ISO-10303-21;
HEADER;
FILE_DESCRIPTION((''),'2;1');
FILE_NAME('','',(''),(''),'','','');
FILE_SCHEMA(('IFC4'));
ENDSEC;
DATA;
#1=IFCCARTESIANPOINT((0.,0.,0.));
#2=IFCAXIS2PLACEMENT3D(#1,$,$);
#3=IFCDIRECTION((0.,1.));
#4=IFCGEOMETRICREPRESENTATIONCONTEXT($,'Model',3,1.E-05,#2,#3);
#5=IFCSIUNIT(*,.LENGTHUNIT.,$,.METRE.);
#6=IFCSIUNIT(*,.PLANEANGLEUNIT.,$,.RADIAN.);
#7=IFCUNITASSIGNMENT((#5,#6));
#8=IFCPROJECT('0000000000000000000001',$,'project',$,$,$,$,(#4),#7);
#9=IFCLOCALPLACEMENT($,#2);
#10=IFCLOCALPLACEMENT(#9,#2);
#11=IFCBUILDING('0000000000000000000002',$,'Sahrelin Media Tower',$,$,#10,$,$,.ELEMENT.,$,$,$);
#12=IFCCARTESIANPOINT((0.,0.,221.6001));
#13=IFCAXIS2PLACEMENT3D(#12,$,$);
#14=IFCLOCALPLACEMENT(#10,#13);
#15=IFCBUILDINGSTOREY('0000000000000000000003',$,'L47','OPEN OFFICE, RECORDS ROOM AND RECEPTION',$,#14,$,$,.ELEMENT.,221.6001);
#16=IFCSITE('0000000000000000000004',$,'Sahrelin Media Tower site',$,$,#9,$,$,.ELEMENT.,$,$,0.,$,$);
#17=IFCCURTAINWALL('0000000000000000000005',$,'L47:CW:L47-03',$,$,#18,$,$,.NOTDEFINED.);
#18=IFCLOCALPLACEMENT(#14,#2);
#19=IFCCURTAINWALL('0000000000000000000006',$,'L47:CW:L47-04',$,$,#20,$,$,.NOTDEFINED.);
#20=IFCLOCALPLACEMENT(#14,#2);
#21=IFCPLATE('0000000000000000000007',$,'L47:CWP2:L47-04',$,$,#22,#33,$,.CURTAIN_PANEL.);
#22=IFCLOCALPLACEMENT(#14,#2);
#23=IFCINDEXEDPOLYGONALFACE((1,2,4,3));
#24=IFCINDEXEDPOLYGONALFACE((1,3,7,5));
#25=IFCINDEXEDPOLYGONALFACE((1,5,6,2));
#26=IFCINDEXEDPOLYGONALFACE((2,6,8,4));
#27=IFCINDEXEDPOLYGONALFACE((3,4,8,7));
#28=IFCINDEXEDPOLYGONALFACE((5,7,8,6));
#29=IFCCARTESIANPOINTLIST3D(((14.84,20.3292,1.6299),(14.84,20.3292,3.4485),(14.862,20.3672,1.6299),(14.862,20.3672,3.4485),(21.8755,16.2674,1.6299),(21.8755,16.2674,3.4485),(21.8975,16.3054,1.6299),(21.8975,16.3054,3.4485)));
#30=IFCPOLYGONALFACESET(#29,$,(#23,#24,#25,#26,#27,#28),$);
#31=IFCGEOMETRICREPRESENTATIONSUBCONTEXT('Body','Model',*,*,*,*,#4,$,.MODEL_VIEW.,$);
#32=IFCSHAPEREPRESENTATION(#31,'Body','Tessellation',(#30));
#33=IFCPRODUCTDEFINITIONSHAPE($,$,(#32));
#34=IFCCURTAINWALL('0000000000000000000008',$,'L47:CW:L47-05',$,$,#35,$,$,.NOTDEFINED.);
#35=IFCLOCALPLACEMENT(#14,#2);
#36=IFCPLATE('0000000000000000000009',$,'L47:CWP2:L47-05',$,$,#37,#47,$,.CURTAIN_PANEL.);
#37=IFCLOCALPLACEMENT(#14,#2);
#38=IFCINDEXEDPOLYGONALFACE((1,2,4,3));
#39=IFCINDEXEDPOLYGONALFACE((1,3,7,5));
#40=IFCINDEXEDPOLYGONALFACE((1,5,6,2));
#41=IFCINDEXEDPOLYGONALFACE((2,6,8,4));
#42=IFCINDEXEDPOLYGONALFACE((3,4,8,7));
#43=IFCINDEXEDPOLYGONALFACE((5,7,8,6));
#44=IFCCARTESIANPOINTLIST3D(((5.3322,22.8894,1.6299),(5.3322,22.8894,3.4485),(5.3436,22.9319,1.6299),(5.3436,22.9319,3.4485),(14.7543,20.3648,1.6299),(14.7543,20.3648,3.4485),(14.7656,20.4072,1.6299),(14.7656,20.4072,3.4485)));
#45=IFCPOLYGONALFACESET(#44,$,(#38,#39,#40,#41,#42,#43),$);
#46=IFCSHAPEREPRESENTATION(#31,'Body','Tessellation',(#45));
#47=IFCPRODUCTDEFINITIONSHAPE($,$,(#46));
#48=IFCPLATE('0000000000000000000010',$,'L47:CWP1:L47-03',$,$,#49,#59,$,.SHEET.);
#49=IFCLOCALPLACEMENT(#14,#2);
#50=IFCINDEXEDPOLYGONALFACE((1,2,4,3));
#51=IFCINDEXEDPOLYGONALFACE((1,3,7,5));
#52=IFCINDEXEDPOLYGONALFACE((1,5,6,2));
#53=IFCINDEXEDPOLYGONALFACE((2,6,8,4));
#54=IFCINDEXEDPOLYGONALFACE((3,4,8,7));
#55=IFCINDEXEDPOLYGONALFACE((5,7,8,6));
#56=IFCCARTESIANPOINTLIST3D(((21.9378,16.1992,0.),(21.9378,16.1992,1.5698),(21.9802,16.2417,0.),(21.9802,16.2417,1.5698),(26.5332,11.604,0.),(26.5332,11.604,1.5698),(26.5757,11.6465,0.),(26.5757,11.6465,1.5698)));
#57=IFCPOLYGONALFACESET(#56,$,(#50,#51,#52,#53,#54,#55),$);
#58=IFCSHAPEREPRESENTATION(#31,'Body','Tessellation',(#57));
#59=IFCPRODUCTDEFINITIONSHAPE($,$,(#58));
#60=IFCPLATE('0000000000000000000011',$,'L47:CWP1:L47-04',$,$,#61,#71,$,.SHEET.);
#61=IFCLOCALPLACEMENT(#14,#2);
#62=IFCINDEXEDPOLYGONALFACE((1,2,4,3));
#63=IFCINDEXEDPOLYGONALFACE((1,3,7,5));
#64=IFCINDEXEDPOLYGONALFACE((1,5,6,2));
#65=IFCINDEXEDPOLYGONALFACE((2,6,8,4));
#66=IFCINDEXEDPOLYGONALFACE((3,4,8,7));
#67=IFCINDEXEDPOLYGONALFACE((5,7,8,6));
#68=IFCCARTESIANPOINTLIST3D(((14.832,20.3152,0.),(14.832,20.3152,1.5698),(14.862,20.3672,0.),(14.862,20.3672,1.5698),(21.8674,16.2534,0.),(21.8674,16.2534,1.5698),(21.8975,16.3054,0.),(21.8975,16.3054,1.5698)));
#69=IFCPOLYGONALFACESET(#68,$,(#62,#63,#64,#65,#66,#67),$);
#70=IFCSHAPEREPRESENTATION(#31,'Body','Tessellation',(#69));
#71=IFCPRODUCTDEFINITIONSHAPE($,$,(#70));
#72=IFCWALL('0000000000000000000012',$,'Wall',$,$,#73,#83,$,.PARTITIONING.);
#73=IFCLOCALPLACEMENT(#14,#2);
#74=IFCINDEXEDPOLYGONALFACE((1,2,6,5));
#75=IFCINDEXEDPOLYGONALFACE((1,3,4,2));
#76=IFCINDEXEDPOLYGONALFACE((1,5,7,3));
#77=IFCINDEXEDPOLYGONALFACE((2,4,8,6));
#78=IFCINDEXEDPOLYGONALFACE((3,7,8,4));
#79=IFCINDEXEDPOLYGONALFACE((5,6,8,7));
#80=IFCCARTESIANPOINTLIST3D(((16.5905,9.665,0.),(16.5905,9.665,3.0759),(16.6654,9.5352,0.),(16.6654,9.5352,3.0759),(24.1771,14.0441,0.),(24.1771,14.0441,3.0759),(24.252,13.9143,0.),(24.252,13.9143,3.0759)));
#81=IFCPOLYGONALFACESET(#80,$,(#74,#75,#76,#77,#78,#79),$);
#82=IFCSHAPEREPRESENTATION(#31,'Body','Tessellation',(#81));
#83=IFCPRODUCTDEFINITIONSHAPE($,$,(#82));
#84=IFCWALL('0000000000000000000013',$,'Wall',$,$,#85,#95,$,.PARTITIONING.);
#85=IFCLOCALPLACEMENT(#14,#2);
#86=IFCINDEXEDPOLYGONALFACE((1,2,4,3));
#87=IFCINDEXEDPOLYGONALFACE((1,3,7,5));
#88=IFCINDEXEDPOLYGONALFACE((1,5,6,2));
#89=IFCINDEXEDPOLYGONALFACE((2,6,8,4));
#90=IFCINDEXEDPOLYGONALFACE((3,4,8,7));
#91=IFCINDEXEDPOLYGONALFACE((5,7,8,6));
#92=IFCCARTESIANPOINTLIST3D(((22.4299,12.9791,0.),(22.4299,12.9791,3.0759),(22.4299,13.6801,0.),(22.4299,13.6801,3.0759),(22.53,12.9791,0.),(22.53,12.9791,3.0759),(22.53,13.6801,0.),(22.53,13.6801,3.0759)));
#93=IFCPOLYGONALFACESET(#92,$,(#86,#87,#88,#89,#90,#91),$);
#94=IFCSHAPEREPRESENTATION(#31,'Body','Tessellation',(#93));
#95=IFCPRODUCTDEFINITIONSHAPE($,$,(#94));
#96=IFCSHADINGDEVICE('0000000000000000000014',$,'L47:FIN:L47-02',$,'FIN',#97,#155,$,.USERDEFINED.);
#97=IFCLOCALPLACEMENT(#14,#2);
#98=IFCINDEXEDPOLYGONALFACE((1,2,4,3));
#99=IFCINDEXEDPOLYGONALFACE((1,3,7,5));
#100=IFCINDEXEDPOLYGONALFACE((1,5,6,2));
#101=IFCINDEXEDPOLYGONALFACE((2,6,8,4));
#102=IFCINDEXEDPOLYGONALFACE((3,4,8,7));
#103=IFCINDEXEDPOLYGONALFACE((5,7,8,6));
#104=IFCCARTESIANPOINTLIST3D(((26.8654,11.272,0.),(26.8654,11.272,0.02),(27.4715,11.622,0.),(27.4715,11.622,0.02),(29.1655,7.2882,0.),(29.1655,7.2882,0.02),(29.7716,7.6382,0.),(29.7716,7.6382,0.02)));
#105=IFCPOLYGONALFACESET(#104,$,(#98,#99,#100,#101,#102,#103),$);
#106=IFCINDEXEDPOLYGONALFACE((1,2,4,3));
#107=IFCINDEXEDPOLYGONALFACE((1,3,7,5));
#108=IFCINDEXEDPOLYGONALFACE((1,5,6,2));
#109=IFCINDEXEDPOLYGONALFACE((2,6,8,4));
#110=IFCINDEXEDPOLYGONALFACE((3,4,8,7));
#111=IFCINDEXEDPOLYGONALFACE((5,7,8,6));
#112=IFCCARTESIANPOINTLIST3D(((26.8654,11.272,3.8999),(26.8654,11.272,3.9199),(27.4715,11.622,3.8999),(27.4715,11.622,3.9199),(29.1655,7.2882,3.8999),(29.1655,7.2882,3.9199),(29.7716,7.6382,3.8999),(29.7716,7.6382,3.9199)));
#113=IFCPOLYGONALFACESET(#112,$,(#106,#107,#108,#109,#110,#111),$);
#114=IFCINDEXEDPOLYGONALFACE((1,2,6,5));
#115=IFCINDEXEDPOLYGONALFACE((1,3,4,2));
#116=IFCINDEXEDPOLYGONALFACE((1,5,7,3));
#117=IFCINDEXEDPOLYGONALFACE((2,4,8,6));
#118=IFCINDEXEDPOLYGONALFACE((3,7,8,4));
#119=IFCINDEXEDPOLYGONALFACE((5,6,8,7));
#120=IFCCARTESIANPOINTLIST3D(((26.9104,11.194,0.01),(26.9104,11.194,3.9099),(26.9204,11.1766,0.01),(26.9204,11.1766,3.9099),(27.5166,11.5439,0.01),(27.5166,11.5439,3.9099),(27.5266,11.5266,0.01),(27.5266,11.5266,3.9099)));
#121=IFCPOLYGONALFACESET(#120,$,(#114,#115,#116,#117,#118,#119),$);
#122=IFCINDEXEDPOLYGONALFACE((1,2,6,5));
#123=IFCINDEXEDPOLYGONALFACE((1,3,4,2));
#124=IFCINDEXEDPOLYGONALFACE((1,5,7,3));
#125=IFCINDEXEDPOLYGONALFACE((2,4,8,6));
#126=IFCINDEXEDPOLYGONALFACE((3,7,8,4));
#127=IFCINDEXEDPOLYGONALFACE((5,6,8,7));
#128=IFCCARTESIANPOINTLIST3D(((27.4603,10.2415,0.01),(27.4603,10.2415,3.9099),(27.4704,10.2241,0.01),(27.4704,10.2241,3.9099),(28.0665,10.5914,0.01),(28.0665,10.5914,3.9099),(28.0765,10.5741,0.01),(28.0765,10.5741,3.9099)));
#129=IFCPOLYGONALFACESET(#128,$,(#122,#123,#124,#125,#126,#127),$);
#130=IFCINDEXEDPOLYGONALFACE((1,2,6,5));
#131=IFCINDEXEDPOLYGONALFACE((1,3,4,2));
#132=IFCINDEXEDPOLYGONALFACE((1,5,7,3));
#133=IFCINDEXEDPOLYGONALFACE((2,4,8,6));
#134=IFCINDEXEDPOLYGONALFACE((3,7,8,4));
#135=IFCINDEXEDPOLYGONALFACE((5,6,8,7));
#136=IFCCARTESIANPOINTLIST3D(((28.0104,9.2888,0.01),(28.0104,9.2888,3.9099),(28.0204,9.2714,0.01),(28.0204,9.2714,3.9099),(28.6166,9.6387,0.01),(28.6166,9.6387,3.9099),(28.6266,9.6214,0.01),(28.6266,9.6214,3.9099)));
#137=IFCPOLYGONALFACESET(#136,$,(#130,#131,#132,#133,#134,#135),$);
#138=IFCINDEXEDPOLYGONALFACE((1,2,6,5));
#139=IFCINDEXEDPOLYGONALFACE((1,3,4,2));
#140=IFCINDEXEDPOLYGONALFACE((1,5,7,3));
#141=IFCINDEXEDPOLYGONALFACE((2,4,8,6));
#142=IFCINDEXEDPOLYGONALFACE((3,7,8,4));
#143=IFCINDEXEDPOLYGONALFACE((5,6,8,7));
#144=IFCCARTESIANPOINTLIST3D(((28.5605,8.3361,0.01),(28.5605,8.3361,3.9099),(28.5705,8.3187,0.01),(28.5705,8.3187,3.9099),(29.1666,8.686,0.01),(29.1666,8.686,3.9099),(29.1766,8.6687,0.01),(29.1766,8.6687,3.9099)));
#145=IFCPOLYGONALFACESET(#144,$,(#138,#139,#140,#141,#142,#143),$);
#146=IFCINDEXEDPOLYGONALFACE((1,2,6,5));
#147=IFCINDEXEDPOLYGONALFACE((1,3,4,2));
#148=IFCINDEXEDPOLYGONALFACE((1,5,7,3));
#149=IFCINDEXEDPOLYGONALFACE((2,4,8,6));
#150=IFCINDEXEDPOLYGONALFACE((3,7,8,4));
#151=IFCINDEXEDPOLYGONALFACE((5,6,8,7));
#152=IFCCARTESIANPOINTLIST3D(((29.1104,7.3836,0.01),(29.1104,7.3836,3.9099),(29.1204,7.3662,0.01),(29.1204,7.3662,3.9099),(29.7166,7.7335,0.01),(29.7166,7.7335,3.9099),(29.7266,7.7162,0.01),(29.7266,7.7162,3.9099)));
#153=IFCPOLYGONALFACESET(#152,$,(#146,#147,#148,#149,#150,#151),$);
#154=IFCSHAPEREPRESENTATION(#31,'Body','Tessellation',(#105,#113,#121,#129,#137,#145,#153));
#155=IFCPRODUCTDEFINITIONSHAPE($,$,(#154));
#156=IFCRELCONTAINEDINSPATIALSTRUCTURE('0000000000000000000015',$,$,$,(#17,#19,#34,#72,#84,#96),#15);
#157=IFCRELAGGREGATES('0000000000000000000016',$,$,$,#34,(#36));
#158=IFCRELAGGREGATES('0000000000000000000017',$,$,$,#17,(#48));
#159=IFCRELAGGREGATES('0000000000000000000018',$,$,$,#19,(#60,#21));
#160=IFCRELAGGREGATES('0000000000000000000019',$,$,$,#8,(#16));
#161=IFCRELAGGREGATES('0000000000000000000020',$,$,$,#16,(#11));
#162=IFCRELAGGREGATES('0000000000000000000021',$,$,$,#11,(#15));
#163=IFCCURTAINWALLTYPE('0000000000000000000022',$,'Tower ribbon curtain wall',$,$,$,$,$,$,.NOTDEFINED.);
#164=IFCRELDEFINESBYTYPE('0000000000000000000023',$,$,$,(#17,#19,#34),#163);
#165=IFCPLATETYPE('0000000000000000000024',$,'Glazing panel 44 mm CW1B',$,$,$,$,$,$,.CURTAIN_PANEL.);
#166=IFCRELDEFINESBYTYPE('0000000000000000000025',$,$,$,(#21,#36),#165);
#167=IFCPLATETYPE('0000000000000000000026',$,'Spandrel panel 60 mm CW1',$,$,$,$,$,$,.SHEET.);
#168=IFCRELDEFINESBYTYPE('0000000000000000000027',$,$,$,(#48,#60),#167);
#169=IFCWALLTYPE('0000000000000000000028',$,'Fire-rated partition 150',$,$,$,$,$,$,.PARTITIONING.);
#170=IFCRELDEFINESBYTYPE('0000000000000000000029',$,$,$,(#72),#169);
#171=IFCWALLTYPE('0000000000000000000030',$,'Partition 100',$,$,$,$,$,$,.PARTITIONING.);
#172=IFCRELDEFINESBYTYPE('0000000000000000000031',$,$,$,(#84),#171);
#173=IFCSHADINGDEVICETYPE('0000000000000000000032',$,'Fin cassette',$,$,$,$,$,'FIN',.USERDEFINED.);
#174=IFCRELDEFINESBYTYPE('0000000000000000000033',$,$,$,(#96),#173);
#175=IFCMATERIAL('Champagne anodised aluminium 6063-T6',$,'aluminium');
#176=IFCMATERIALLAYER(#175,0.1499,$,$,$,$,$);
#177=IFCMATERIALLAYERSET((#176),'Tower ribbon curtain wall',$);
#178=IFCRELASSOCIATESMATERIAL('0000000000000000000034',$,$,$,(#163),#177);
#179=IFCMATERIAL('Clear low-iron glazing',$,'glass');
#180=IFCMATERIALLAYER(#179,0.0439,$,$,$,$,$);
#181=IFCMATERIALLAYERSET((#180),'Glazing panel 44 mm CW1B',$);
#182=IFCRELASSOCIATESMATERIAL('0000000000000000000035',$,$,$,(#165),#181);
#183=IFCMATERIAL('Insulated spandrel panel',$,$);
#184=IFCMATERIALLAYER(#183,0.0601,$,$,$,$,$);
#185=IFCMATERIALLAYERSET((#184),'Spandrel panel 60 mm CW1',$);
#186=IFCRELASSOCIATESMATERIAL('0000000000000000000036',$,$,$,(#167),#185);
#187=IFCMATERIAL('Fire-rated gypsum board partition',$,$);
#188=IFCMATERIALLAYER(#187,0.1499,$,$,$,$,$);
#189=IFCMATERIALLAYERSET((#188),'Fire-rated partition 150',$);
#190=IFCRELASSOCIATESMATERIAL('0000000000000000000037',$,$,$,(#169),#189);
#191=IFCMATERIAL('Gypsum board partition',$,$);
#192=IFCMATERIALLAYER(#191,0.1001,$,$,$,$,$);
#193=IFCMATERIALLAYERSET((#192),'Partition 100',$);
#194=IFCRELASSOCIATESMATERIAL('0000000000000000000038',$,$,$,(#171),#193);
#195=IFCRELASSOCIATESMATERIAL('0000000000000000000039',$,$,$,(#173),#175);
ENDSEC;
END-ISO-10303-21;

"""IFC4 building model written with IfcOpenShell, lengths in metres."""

from ifc_helpers import new_model, si_unit, direction, frame, frame_2d, origin, origin_2d, place, context, subcontext, project, spatial, polyline, rectangle, outline, extrude, material, layer, layer_set, type_object, element, aggregate, save


model = new_model("IFC4")

# Units and contexts
model_context = context("Model", 3, precision=1e-05, world=origin(), true_north=direction((0.0, 1.0)))
body_context = subcontext(model_context, "Body", "Model", "MODEL_VIEW")
ifc_project = project(units=[si_unit("LENGTHUNIT", "METRE"), si_unit("PLANEANGLEUNIT", "RADIAN")], contexts=[model_context])

# Site, building, storey
site_placement = place(None, origin())
site = spatial("IfcSite", under=ifc_project, at=site_placement, Name="Sahrelin Media Tower site", CompositionType="ELEMENT", RefElevation=0.0)
building_placement = place(site_placement, origin())
building = spatial("IfcBuilding", under=site, at=building_placement, Name="Sahrelin Media Tower", CompositionType="ELEMENT")
storey_placement = place(building_placement, frame((0.0, 0.0, 221.6001)))
storey = spatial("IfcBuildingStorey", under=building, at=storey_placement, Name="L47", Description="OPEN OFFICE, RECORDS ROOM AND RECEPTION", CompositionType="ELEMENT", Elevation=221.6001)

# Curtain walls
ifc_material_1 = material(Name="Champagne anodised aluminium 6063-T6", Category="aluminium")
ifc_layer_1 = layer(ifc_material_1, 0.1499)
ifc_layer_set_1 = layer_set([ifc_layer_1], Name="Tower ribbon curtain wall")
curtain_wall_type = type_object("IfcCurtainWallType", Name="Tower ribbon curtain wall", PredefinedType="NOTDEFINED", material=ifc_layer_set_1)
curtain_wall_1_placement = place(storey_placement, frame((24.2639, 13.9299, 0.0), z_axis=(0.0, 0.0, 1.0), x_axis=(1.0, 0.0, 0.0)))
curtain_wall_1 = element("IfcCurtainWall", 1, at=curtain_wall_1_placement, inside=storey, type_object=curtain_wall_type, Name="L47:CW:L47-03", PredefinedType="NOTDEFINED")
curtain_wall_2_placement = place(storey_placement, frame((18.3696, 18.3191, 0.0), z_axis=(0.0, 0.0, 1.0), x_axis=(1.0, 0.0, 0.0)))
curtain_wall_2 = element("IfcCurtainWall", 2, at=curtain_wall_2_placement, inside=storey, type_object=curtain_wall_type, Name="L47:CW:L47-04", PredefinedType="NOTDEFINED")

# Plate
ifc_material_2 = material(Name="Clear low-iron glazing", Category="glass")
ifc_layer_2 = layer(ifc_material_2, 0.0439)
ifc_layer_set_2 = layer_set([ifc_layer_2], Name="Glazing panel 44 mm CW1B")
plate_type_1 = type_object("IfcPlateType", Name="Glazing panel 44 mm CW1B", PredefinedType="CURTAIN_PANEL", material=ifc_layer_set_2)
plate_1_placement = place(storey_placement, frame((21.8975, 16.3054, 1.6299), z_axis=(0.499989, 0.866032, 0.0), x_axis=(-0.866032, 0.499989, 0.0)))
plate_1 = element("IfcPlate", 3, at=plate_1_placement, type_object=plate_type_1, Name="L47:CWP2:L47-04", PredefinedType="CURTAIN_PANEL", context=body_context, shape_type="SweptSolid", body=[
    extrude(outline(polyline([(0.0, 0.0), (8.1238, 0.0), (8.1238, 1.8186), (0.0, 1.8186), (0.0, 0.0)])), origin(), (0.0, 0.0, -1.0), 0.0439),
])

# Curtain wall, plate
curtain_wall_3_placement = place(storey_placement, frame((10.0493, 21.6504, 0.0), z_axis=(0.0, 0.0, 1.0), x_axis=(1.0, 0.0, 0.0)))
curtain_wall_3 = element("IfcCurtainWall", 4, at=curtain_wall_3_placement, inside=storey, type_object=curtain_wall_type, Name="L47:CW:L47-05", PredefinedType="NOTDEFINED")
plate_2_placement = place(storey_placement, frame((14.7656, 20.4072, 1.6299), z_axis=(0.25882, 0.965926, 0.0), x_axis=(-0.965926, 0.25882, 0.0)))
plate_2 = element("IfcPlate", 5, at=plate_2_placement, type_object=plate_type_1, Name="L47:CWP2:L47-05", PredefinedType="CURTAIN_PANEL", context=body_context, shape_type="SweptSolid", body=[
    extrude(outline(polyline([(0.0, 0.0), (9.7544, 0.0), (9.7544, 1.8186), (0.0, 1.8186), (0.0, 0.0)])), origin(), (0.0, 0.0, -1.0), 0.0439),
])
aggregate(curtain_wall_3, [plate_2])

# Plates
ifc_material_3 = material(Name="Insulated spandrel panel")
ifc_layer_3 = layer(ifc_material_3, 0.0601)
ifc_layer_set_3 = layer_set([ifc_layer_3], Name="Spandrel panel 60 mm CW1")
plate_type_2 = type_object("IfcPlateType", Name="Spandrel panel 60 mm CW1", PredefinedType="SHEET", material=ifc_layer_set_3)
plate_3_placement = place(storey_placement, frame((26.5757, 11.6465, 0.0), z_axis=(0.707088, 0.707126, 0.0), x_axis=(-0.707126, 0.707088, 0.0)))
plate_3 = element("IfcPlate", 6, at=plate_3_placement, type_object=plate_type_2, Name="L47:CWP1:L47-03", PredefinedType="SHEET", context=body_context, shape_type="SweptSolid", body=[
    extrude(outline(polyline([(0.0, 0.0), (6.4988, 0.0), (6.4988, 1.5698), (0.0, 1.5698), (0.0, 0.0)])), origin(), (0.0, 0.0, -1.0), 0.0601),
])
aggregate(curtain_wall_1, [plate_3])
plate_4_placement = place(storey_placement, frame((21.8975, 16.3054, 0.0), z_axis=(0.499989, 0.866032, 0.0), x_axis=(-0.866032, 0.499989, 0.0)))
plate_4 = element("IfcPlate", 7, at=plate_4_placement, type_object=plate_type_2, Name="L47:CWP1:L47-04", PredefinedType="SHEET", context=body_context, shape_type="SweptSolid", body=[
    extrude(outline(polyline([(0.0, 0.0), (8.1238, 0.0), (8.1238, 1.5698), (0.0, 1.5698), (0.0, 0.0)])), origin(), (0.0, 0.0, -1.0), 0.0601),
])
aggregate(curtain_wall_2, [plate_4, plate_1])

# Walls
ifc_material_4 = material(Name="Fire-rated gypsum board partition")
ifc_layer_4 = layer(ifc_material_4, 0.1499)
ifc_layer_set_4 = layer_set([ifc_layer_4], Name="Fire-rated partition 150")
wall_type_1 = type_object("IfcWallType", Name="Fire-rated partition 150", PredefinedType="PARTITIONING", material=ifc_layer_set_4)
wall_1_placement = place(storey_placement, frame((16.6279, 9.6001, 0.0), z_axis=(0.0, 0.0, 1.0), x_axis=(0.866076, 0.499913, 0.0)))
element("IfcWall", 8, at=wall_1_placement, inside=storey, type_object=wall_type_1, Name="Wall", PredefinedType="PARTITIONING", context=body_context, shape_type="SweptSolid", body=[
    extrude(rectangle(XDim=8.7598, YDim=0.1499, at=frame_2d((4.3799, 0.0))), origin(), (0.0, 0.0, 1.0), 3.0759),
])
ifc_material_5 = material(Name="Gypsum board partition")
ifc_layer_5 = layer(ifc_material_5, 0.1001)
ifc_layer_set_5 = layer_set([ifc_layer_5], Name="Partition 100")
wall_type_2 = type_object("IfcWallType", Name="Partition 100", PredefinedType="PARTITIONING", material=ifc_layer_set_5)
wall_2_placement = place(storey_placement, frame((22.48, 12.979, 0.0), z_axis=(0.0, 0.0, 1.0), x_axis=(0.0, 1.0, 0.0)))
element("IfcWall", 9, at=wall_2_placement, inside=storey, type_object=wall_type_2, Name="Wall", PredefinedType="PARTITIONING", context=body_context, shape_type="SweptSolid", body=[
    extrude(rectangle(XDim=0.7009, YDim=0.1001, at=frame_2d((0.3506, 0.0))), origin(), (0.0, 0.0, 1.0), 3.0759),
])

# Shading device
shading_device_type_1 = type_object("IfcShadingDeviceType", Name="Fin cassette", ElementType="FIN", PredefinedType="USERDEFINED", material=ifc_material_1)
shading_device_1_placement = place(storey_placement, frame((27.9548, 9.2451, 0.0), z_axis=(0.0, 0.0, 1.0), x_axis=(0.500011, -0.866019, 0.0)))
element("IfcShadingDevice", 10, at=shading_device_1_placement, inside=storey, type_object=shading_device_type_1, Name="L47:FIN:L47-02", ObjectType="FIN", PredefinedType="USERDEFINED", context=body_context, shape_type="SweptSolid", body=[
    extrude(rectangle(XDim=4.6001, YDim=0.7, at=origin_2d()), frame((0.0, 0.4199, 0.0)), (0.0, 0.0, 1.0), 0.02),
    extrude(rectangle(XDim=4.6001, YDim=0.7, at=origin_2d()), frame((0.0, 0.4199, 3.8999)), (0.0, 0.0, 1.0), 0.02),
    extrude(rectangle(XDim=0.02, YDim=0.7, at=origin_2d()), frame((-2.2, 0.4199, 0.01), z_axis=(0.0, 0.0, 1.0), x_axis=(1.0, 0.0, 0.0)), (0.0, 0.0, 1.0), 3.8999),
    extrude(rectangle(XDim=0.02, YDim=0.7, at=origin_2d()), frame((-1.1001, 0.4199, 0.01), z_axis=(0.0, 0.0, 1.0), x_axis=(1.0, 0.0, 0.0)), (0.0, 0.0, 1.0), 3.8999),
    extrude(rectangle(XDim=0.02, YDim=0.7, at=origin_2d()), frame((0.0, 0.4199, 0.01), z_axis=(0.0, 0.0, 1.0), x_axis=(1.0, 0.0, 0.0)), (0.0, 0.0, 1.0), 3.8999),
    extrude(rectangle(XDim=0.02, YDim=0.7, at=origin_2d()), frame((1.1001, 0.4199, 0.01), z_axis=(0.0, 0.0, 1.0), x_axis=(1.0, 0.0, 0.0)), (0.0, 0.0, 1.0), 3.8999),
    extrude(rectangle(XDim=0.02, YDim=0.7, at=origin_2d()), frame((2.2, 0.4199, 0.01), z_axis=(0.0, 0.0, 1.0), x_axis=(1.0, 0.0, 0.0)), (0.0, 0.0, 1.0), 3.8999),
])

save(model, "model.ifc")
